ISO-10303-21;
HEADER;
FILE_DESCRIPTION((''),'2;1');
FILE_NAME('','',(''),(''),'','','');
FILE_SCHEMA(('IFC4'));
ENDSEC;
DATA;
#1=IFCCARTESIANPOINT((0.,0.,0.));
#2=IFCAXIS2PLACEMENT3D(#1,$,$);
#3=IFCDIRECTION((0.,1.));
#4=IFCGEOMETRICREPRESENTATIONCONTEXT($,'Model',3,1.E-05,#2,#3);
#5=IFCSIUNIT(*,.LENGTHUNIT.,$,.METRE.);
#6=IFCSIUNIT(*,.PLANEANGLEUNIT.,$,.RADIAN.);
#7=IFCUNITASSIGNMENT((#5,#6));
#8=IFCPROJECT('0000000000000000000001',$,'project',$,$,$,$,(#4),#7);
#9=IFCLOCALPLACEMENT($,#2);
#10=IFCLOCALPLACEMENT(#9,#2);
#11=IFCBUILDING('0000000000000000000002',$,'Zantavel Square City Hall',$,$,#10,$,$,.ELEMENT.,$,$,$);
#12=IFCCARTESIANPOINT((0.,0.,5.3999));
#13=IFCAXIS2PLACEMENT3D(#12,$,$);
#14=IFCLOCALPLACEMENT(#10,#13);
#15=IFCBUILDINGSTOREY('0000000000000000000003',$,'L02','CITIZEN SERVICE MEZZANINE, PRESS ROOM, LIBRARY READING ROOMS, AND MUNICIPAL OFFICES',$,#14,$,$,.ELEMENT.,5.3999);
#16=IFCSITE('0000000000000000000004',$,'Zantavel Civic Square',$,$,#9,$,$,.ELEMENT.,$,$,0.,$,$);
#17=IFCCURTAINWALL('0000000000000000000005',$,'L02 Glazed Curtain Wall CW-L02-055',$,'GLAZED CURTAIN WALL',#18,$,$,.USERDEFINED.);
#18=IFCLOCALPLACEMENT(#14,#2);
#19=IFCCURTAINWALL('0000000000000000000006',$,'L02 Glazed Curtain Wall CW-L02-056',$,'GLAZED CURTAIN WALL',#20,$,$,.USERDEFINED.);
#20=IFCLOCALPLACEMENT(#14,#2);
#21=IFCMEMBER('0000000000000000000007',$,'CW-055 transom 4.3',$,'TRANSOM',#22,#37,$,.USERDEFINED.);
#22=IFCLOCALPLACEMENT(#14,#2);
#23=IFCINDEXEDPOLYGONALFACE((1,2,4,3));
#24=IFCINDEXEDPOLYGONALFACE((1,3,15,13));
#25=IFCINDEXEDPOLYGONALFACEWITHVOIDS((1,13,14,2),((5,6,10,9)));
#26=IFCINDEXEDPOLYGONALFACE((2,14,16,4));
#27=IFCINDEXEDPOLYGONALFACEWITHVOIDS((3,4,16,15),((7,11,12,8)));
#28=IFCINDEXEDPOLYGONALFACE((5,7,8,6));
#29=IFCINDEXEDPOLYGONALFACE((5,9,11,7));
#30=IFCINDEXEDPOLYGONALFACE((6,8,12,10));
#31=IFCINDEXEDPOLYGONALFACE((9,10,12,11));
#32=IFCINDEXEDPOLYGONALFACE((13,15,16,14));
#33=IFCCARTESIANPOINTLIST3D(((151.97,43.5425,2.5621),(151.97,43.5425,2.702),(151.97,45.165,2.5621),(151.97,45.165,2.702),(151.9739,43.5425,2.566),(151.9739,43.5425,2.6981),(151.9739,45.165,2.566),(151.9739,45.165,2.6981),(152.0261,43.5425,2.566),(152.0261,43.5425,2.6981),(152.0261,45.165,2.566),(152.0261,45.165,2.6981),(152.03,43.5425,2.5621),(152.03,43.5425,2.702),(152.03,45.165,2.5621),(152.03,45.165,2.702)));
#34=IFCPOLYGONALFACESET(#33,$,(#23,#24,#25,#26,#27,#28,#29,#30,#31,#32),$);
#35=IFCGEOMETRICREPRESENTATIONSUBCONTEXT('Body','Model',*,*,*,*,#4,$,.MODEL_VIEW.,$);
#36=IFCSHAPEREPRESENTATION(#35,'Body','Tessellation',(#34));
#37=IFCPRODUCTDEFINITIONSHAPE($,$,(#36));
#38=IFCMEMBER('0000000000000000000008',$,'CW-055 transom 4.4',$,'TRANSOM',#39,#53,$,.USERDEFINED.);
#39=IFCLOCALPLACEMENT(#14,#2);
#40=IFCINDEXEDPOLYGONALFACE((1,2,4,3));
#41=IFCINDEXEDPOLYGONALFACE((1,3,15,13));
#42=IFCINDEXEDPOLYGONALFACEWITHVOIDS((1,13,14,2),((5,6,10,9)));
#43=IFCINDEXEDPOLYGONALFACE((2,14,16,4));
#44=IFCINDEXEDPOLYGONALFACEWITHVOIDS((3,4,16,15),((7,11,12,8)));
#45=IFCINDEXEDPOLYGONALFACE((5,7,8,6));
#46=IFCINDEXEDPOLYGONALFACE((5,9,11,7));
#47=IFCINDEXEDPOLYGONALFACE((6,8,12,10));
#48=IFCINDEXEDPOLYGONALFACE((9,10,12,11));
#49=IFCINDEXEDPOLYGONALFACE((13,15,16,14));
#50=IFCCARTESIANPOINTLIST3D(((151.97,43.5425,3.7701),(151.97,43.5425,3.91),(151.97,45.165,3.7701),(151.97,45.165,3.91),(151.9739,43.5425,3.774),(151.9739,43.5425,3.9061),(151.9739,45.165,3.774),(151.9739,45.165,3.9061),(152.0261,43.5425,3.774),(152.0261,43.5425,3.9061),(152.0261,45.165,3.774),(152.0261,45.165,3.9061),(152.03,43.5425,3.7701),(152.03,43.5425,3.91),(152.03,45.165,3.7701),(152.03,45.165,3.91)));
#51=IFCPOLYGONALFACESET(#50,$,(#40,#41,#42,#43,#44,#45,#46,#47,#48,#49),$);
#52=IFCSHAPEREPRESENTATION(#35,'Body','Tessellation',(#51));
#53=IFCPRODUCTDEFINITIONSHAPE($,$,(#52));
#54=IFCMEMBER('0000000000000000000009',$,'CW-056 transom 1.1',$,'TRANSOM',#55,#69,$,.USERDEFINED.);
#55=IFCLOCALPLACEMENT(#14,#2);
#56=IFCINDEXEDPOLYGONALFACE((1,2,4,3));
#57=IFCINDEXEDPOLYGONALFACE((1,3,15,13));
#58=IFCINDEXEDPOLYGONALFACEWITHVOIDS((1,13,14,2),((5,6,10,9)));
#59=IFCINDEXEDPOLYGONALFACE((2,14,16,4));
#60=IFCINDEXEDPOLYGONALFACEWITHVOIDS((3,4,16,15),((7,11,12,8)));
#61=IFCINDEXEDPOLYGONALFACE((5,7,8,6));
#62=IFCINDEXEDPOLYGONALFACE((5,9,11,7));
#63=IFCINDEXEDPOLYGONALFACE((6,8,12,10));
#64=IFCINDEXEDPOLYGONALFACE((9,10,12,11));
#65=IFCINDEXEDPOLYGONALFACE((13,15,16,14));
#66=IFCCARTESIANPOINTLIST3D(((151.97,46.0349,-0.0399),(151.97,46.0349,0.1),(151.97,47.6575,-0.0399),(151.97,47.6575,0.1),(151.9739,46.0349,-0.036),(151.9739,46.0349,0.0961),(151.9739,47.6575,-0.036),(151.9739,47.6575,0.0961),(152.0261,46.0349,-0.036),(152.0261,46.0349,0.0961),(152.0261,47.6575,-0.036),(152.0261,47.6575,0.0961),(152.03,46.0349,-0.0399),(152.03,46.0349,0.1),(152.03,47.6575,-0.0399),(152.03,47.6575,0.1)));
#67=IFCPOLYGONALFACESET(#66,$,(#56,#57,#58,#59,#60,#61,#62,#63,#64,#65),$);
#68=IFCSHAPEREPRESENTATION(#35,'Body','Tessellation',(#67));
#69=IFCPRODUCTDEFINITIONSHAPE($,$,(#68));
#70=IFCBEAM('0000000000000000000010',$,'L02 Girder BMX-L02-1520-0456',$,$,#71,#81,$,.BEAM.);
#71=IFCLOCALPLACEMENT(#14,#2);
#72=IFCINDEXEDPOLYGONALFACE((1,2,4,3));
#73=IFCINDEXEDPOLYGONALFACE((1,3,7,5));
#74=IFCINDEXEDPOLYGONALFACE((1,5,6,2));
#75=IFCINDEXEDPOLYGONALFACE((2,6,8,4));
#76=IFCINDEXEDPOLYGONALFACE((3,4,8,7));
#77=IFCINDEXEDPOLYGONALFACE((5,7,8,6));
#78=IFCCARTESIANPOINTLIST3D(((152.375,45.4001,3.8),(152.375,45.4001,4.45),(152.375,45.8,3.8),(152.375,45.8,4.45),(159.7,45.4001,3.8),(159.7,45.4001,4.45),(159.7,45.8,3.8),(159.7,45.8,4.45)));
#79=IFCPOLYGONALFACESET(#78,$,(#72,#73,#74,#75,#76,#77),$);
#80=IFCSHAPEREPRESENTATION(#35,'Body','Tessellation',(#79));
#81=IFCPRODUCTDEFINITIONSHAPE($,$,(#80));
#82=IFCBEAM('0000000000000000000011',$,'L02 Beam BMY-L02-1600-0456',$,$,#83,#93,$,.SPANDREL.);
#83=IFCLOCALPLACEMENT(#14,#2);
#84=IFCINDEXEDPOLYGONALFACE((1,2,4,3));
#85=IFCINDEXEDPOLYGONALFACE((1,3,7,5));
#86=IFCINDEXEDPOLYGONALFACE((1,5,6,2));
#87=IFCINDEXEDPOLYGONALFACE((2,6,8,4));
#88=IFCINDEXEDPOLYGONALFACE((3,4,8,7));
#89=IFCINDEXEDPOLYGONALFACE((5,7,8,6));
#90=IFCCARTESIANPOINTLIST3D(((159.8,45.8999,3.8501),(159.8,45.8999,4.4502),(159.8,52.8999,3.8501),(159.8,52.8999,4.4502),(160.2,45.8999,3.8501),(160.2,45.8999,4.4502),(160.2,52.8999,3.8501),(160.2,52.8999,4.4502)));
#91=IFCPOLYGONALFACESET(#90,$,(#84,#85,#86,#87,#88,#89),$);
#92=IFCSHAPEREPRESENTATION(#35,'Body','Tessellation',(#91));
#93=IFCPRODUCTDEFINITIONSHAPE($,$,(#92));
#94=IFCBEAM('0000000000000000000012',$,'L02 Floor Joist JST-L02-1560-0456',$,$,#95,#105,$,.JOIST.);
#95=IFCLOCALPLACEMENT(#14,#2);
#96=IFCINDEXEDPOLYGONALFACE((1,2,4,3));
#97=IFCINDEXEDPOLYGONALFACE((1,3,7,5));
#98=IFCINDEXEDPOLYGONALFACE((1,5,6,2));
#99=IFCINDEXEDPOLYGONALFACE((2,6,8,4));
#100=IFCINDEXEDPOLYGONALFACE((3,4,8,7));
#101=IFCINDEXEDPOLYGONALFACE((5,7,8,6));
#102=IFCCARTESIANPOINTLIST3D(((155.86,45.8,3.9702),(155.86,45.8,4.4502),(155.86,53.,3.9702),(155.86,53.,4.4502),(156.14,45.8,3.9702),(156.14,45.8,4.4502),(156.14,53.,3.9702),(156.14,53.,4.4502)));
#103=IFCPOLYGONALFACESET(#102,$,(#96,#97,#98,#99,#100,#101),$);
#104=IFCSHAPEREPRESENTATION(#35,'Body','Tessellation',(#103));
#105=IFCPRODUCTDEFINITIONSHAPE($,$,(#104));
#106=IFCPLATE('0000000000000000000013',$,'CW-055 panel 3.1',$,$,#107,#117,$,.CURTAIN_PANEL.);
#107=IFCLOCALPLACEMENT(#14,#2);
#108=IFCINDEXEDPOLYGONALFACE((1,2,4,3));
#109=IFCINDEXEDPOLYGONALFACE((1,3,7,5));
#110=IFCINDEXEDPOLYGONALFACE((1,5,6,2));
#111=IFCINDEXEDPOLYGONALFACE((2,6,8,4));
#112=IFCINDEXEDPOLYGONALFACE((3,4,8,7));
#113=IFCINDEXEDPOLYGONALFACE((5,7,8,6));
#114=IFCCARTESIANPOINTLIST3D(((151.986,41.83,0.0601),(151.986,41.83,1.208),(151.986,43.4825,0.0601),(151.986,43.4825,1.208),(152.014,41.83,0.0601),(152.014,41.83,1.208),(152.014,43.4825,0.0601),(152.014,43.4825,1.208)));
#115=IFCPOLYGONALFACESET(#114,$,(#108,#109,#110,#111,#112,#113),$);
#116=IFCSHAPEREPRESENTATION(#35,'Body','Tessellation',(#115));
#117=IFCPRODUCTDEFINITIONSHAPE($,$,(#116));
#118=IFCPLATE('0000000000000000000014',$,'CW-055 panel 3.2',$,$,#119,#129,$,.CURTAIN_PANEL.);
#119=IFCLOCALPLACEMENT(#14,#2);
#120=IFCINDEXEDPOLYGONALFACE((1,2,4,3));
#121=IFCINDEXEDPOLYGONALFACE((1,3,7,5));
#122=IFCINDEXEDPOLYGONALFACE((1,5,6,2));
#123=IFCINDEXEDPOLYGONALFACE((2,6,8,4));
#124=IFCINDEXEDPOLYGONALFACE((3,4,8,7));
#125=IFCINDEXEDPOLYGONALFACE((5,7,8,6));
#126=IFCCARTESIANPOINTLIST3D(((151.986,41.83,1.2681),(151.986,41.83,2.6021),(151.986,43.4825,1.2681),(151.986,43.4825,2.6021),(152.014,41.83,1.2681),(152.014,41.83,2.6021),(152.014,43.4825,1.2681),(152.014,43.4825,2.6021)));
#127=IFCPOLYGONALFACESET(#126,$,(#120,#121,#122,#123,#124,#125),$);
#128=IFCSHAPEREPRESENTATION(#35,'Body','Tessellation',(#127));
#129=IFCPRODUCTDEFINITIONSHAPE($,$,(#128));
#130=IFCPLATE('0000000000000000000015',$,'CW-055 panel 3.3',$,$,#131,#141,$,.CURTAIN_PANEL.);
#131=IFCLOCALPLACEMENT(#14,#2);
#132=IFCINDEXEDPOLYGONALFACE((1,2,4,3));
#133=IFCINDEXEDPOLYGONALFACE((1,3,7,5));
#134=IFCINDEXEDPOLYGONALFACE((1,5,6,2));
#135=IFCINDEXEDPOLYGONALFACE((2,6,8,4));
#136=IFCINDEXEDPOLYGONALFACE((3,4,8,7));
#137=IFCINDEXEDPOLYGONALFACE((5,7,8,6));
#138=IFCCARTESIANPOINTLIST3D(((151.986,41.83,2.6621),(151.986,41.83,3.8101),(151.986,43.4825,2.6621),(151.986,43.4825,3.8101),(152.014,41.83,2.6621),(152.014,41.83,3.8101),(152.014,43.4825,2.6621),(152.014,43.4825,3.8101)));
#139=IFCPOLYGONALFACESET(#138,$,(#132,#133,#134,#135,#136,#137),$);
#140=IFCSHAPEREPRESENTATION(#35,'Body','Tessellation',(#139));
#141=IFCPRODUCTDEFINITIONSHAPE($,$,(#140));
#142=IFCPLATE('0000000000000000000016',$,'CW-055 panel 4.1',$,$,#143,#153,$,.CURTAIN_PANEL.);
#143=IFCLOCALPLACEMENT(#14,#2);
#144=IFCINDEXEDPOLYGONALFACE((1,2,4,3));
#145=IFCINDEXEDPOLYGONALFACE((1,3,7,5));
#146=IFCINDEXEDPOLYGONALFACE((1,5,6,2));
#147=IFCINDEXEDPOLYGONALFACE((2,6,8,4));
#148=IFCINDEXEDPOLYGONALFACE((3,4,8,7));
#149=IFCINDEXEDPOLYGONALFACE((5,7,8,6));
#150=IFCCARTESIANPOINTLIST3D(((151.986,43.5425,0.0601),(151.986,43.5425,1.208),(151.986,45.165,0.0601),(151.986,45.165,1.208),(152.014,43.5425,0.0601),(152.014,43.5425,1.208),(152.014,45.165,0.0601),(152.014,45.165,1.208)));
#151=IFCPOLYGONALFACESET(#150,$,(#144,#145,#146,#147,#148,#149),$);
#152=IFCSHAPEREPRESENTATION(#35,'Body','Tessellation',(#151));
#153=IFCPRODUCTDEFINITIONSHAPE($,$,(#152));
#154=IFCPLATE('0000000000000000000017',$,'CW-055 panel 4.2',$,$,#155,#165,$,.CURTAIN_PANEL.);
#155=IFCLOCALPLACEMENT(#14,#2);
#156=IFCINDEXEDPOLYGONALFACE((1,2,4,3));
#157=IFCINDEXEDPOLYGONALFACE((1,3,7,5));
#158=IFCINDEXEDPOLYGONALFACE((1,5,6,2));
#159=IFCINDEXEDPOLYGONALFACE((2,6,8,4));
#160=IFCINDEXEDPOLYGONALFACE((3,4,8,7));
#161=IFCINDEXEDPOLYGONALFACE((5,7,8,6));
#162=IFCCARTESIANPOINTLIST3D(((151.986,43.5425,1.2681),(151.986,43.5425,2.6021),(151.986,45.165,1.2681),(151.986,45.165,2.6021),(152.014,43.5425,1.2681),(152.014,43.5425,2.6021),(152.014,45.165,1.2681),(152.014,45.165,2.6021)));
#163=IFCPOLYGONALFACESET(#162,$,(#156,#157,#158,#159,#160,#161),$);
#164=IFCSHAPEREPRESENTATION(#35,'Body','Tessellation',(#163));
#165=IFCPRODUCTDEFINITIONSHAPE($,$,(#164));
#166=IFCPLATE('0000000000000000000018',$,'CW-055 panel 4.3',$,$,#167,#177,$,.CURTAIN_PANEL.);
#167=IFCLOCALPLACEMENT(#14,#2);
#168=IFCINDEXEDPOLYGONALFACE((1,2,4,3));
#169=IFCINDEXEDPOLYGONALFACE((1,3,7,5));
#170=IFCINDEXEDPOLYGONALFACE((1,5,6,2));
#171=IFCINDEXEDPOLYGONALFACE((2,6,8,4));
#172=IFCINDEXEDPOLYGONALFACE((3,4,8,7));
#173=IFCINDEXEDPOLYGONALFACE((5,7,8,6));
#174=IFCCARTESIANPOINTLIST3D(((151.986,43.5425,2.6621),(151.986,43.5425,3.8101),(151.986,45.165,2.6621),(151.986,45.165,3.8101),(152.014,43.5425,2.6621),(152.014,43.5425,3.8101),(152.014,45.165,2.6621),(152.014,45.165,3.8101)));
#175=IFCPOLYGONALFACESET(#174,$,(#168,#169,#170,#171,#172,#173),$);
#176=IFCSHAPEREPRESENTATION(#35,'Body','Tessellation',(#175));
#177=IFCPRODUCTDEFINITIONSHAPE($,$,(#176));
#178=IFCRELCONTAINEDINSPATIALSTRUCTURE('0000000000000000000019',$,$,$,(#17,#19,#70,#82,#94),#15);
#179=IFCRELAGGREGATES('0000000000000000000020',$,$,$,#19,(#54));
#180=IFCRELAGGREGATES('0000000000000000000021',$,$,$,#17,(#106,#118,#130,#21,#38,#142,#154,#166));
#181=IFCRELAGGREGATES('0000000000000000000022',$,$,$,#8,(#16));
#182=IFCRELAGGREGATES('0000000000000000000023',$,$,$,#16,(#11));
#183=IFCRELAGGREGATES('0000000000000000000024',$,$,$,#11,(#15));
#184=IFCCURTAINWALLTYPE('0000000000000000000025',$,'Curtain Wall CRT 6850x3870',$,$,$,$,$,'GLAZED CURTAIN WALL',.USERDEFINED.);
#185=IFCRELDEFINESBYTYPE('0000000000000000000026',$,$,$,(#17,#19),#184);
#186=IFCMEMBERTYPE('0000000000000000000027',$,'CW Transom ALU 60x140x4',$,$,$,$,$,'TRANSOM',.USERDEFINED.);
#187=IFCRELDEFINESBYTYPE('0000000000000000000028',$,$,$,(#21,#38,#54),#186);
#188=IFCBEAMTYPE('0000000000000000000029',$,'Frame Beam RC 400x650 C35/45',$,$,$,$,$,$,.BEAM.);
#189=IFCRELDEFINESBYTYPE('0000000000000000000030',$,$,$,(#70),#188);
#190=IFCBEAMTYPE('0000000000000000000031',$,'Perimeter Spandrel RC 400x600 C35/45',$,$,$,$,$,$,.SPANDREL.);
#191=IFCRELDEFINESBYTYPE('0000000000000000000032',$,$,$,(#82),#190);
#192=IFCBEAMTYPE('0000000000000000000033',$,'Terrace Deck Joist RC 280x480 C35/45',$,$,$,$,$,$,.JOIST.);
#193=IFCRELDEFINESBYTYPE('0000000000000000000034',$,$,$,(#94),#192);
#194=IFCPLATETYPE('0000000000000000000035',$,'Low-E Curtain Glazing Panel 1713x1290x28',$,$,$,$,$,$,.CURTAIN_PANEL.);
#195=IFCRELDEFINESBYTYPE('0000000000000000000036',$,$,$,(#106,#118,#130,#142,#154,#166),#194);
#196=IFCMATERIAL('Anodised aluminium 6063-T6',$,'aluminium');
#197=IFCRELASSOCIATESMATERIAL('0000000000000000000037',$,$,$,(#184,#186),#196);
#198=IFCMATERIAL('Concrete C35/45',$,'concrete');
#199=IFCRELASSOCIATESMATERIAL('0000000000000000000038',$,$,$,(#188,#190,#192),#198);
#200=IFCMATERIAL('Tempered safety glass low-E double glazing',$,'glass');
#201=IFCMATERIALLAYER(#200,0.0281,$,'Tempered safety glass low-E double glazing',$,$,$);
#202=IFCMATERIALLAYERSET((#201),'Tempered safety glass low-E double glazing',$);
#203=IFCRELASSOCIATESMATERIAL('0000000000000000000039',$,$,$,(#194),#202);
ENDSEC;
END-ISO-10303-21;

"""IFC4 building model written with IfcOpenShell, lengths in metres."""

from ifc_helpers import new_model, si_unit, direction, frame, origin, origin_2d, place, context, subcontext, project, spatial, rectangle, hollow_rectangle, extrude, material, layer, layer_set, material_profile, profile_set, type_object, element, aggregate, save


model = new_model("IFC4")

# Units and contexts
model_context = context("Model", 3, precision=1e-05, world=origin(), true_north=direction((0.0, 1.0)))
body_context = subcontext(model_context, "Body", "Model", "MODEL_VIEW")
ifc_project = project(units=[si_unit("LENGTHUNIT", "METRE"), si_unit("PLANEANGLEUNIT", "RADIAN")], contexts=[model_context])

# Site, building, storey
site_placement = place(None, origin())
site = spatial("IfcSite", under=ifc_project, at=site_placement, Name="Zantavel Civic Square", CompositionType="ELEMENT", RefElevation=0.0)
building_placement = place(site_placement, origin())
building = spatial("IfcBuilding", under=site, at=building_placement, Name="Zantavel Square City Hall", CompositionType="ELEMENT")
storey_placement = place(building_placement, frame((0.0, 0.0, 5.3999)))
storey = spatial("IfcBuildingStorey", under=building, at=storey_placement, Name="L02", Description="CITIZEN SERVICE MEZZANINE, PRESS ROOM, LIBRARY READING ROOMS, AND MUNICIPAL OFFICES", CompositionType="ELEMENT", Elevation=5.3999)

# Shared definitions
ifc_material_1 = material(Name="Concrete C35/45", Category="concrete")

# Curtain wall
ifc_material_2 = material(Name="Anodised aluminium 6063-T6", Category="aluminium")
curtain_wall_type = type_object("IfcCurtainWallType", Name="Curtain Wall CRT 6850x3870", ElementType="GLAZED CURTAIN WALL", PredefinedType="USERDEFINED", material=ifc_material_2)
curtain_wall_1_placement = place(storey_placement, origin())
curtain_wall_1 = element("IfcCurtainWall", 1, at=curtain_wall_1_placement, inside=storey, type_object=curtain_wall_type, Name="L02 Glazed Curtain Wall CW-L02-055", ObjectType="GLAZED CURTAIN WALL", PredefinedType="USERDEFINED")

# Curtain wall
curtain_wall_2_placement = place(storey_placement, origin())
curtain_wall_2 = element("IfcCurtainWall", 2, at=curtain_wall_2_placement, inside=storey, type_object=curtain_wall_type, Name="L02 Glazed Curtain Wall CW-L02-056", ObjectType="GLAZED CURTAIN WALL", PredefinedType="USERDEFINED")

# Members
ifc_material_profile_1 = material_profile(ifc_material_2, hollow_rectangle(XDim=0.0601, YDim=0.1399, WallThickness=0.0039, at=origin_2d()), Name="ALU 60x140x4")
ifc_profile_set_1 = profile_set([ifc_material_profile_1], Name="Anodised aluminium 6063-T6")
member_type_1 = type_object("IfcMemberType", Name="CW Transom ALU 60x140x4", ElementType="TRANSOM", PredefinedType="USERDEFINED", material=ifc_profile_set_1)
member_1_placement = place(storey_placement, frame((152.0, 43.5425, 2.6321), z_axis=(0.0, 1.0, 0.0), x_axis=(-1.0, 0.0, 0.0)))
member_1 = element("IfcMember", 3, at=member_1_placement, type_object=member_type_1, Name="CW-055 transom 4.3", ObjectType="TRANSOM", PredefinedType="USERDEFINED", context=body_context, shape_type="SweptSolid", body=[
    extrude(hollow_rectangle(XDim=0.0601, YDim=0.1399, WallThickness=0.0039, at=origin_2d()), origin(), (0.0, 0.0, 1.0), 1.6226),
])
member_2_placement = place(storey_placement, frame((152.0, 43.5425, 3.8401), z_axis=(0.0, 1.0, 0.0), x_axis=(-1.0, 0.0, 0.0)))
member_2 = element("IfcMember", 4, at=member_2_placement, type_object=member_type_1, Name="CW-055 transom 4.4", ObjectType="TRANSOM", PredefinedType="USERDEFINED", context=body_context, shape_type="SweptSolid", body=[
    extrude(hollow_rectangle(XDim=0.0601, YDim=0.1399, WallThickness=0.0039, at=origin_2d()), origin(), (0.0, 0.0, 1.0), 1.6226),
])
member_3_placement = place(storey_placement, frame((152.0, 46.0349, 0.03), z_axis=(0.0, 1.0, 0.0), x_axis=(-1.0, 0.0, 0.0)))
member_3 = element("IfcMember", 5, at=member_3_placement, type_object=member_type_1, Name="CW-056 transom 1.1", ObjectType="TRANSOM", PredefinedType="USERDEFINED", context=body_context, shape_type="SweptSolid", body=[
    extrude(hollow_rectangle(XDim=0.0601, YDim=0.1399, WallThickness=0.0039, at=origin_2d()), origin(), (0.0, 0.0, 1.0), 1.6226),
])
aggregate(curtain_wall_2, [member_3])

# Beams
ifc_material_profile_2 = material_profile(ifc_material_1, rectangle(XDim=0.3999, YDim=0.6499, at=origin_2d()), Name="RC 400x650")
ifc_profile_set_2 = profile_set([ifc_material_profile_2], Name="Concrete C35/45")
beam_type_1 = type_object("IfcBeamType", Name="Frame Beam RC 400x650 C35/45", PredefinedType="BEAM", material=ifc_profile_set_2)
beam_1_placement = place(storey_placement, frame((152.375, 45.6001, 4.125), z_axis=(1.0, 0.0, 0.0), x_axis=(0.0, 1.0, 0.0)))
element("IfcBeam", 6, at=beam_1_placement, inside=storey, type_object=beam_type_1, Name="L02 Girder BMX-L02-1520-0456", PredefinedType="BEAM", context=body_context, shape_type="SweptSolid", body=[
    extrude(rectangle(XDim=0.3999, YDim=0.6499, at=origin_2d()), origin(), (0.0, 0.0, 1.0), 7.325),
])
ifc_material_profile_3 = material_profile(ifc_material_1, rectangle(XDim=0.3999, YDim=0.6001, at=origin_2d()), Name="RC 400x600")
ifc_profile_set_3 = profile_set([ifc_material_profile_3], Name="Concrete C35/45")
beam_type_2 = type_object("IfcBeamType", Name="Perimeter Spandrel RC 400x600 C35/45", PredefinedType="SPANDREL", material=ifc_profile_set_3)
beam_2_placement = place(storey_placement, frame((160.0, 45.8999, 4.1501), z_axis=(0.0, 1.0, 0.0), x_axis=(-1.0, 0.0, 0.0)))
element("IfcBeam", 7, at=beam_2_placement, inside=storey, type_object=beam_type_2, Name="L02 Beam BMY-L02-1600-0456", PredefinedType="SPANDREL", context=body_context, shape_type="SweptSolid", body=[
    extrude(rectangle(XDim=0.3999, YDim=0.6001, at=origin_2d()), origin(), (0.0, 0.0, 1.0), 7.0),
])
ifc_material_profile_4 = material_profile(ifc_material_1, rectangle(XDim=0.28, YDim=0.48, at=origin_2d()), Name="RC 280x480")
ifc_profile_set_4 = profile_set([ifc_material_profile_4], Name="Concrete C35/45")
beam_type_3 = type_object("IfcBeamType", Name="Terrace Deck Joist RC 280x480 C35/45", PredefinedType="JOIST", material=ifc_profile_set_4)
beam_3_placement = place(storey_placement, frame((156.0, 45.8, 4.2102), z_axis=(0.0, 1.0, 0.0), x_axis=(-1.0, 0.0, 0.0)))
element("IfcBeam", 8, at=beam_3_placement, inside=storey, type_object=beam_type_3, Name="L02 Floor Joist JST-L02-1560-0456", PredefinedType="JOIST", context=body_context, shape_type="SweptSolid", body=[
    extrude(rectangle(XDim=0.28, YDim=0.48, at=origin_2d()), origin(), (0.0, 0.0, 1.0), 7.2),
])

# Plates
ifc_material_3 = material(Name="Tempered safety glass low-E double glazing", Category="glass")
ifc_layer_1 = layer(ifc_material_3, 0.0281, Name="Tempered safety glass low-E double glazing")
ifc_layer_set_1 = layer_set([ifc_layer_1], Name="Tempered safety glass low-E double glazing")
plate_type = type_object("IfcPlateType", Name="Low-E Curtain Glazing Panel 1713x1290x28", PredefinedType="CURTAIN_PANEL", material=ifc_layer_set_1)
plate_1_placement = place(storey_placement, frame((152.0, 42.6562, 0.0601), z_axis=(0.0, 0.0, 1.0), x_axis=(0.0, 1.0, 0.0)))
plate_1 = element("IfcPlate", 9, at=plate_1_placement, type_object=plate_type, Name="CW-055 panel 3.1", PredefinedType="CURTAIN_PANEL", context=body_context, shape_type="SweptSolid", body=[
    extrude(rectangle(XDim=1.6526, YDim=0.0281, at=origin_2d()), origin(), (0.0, 0.0, 1.0), 1.1479),
])
plate_2_placement = place(storey_placement, frame((152.0, 42.6562, 1.2681), z_axis=(0.0, 0.0, 1.0), x_axis=(0.0, 1.0, 0.0)))
plate_2 = element("IfcPlate", 10, at=plate_2_placement, type_object=plate_type, Name="CW-055 panel 3.2", PredefinedType="CURTAIN_PANEL", context=body_context, shape_type="SweptSolid", body=[
    extrude(rectangle(XDim=1.6526, YDim=0.0281, at=origin_2d()), origin(), (0.0, 0.0, 1.0), 1.334),
])
plate_3_placement = place(storey_placement, frame((152.0, 42.6562, 2.6621), z_axis=(0.0, 0.0, 1.0), x_axis=(0.0, 1.0, 0.0)))
plate_3 = element("IfcPlate", 11, at=plate_3_placement, type_object=plate_type, Name="CW-055 panel 3.3", PredefinedType="CURTAIN_PANEL", context=body_context, shape_type="SweptSolid", body=[
    extrude(rectangle(XDim=1.6526, YDim=0.0281, at=origin_2d()), origin(), (0.0, 0.0, 1.0), 1.1479),
])
plate_4_placement = place(storey_placement, frame((152.0, 44.3538, 0.0601), z_axis=(0.0, 0.0, 1.0), x_axis=(0.0, 1.0, 0.0)))
plate_4 = element("IfcPlate", 12, at=plate_4_placement, type_object=plate_type, Name="CW-055 panel 4.1", PredefinedType="CURTAIN_PANEL", context=body_context, shape_type="SweptSolid", body=[
    extrude(rectangle(XDim=1.6226, YDim=0.0281, at=origin_2d()), origin(), (0.0, 0.0, 1.0), 1.1479),
])
plate_5_placement = place(storey_placement, frame((152.0, 44.3538, 1.2681), z_axis=(0.0, 0.0, 1.0), x_axis=(0.0, 1.0, 0.0)))
plate_5 = element("IfcPlate", 13, at=plate_5_placement, type_object=plate_type, Name="CW-055 panel 4.2", PredefinedType="CURTAIN_PANEL", context=body_context, shape_type="SweptSolid", body=[
    extrude(rectangle(XDim=1.6226, YDim=0.0281, at=origin_2d()), origin(), (0.0, 0.0, 1.0), 1.334),
])
plate_6_placement = place(storey_placement, frame((152.0, 44.3538, 2.6621), z_axis=(0.0, 0.0, 1.0), x_axis=(0.0, 1.0, 0.0)))
plate_6 = element("IfcPlate", 14, at=plate_6_placement, type_object=plate_type, Name="CW-055 panel 4.3", PredefinedType="CURTAIN_PANEL", context=body_context, shape_type="SweptSolid", body=[
    extrude(rectangle(XDim=1.6226, YDim=0.0281, at=origin_2d()), origin(), (0.0, 0.0, 1.0), 1.1479),
])
aggregate(curtain_wall_1, [plate_1, plate_2, plate_3, member_1, member_2, plate_4, plate_5, plate_6])

save(model, "model.ifc")
